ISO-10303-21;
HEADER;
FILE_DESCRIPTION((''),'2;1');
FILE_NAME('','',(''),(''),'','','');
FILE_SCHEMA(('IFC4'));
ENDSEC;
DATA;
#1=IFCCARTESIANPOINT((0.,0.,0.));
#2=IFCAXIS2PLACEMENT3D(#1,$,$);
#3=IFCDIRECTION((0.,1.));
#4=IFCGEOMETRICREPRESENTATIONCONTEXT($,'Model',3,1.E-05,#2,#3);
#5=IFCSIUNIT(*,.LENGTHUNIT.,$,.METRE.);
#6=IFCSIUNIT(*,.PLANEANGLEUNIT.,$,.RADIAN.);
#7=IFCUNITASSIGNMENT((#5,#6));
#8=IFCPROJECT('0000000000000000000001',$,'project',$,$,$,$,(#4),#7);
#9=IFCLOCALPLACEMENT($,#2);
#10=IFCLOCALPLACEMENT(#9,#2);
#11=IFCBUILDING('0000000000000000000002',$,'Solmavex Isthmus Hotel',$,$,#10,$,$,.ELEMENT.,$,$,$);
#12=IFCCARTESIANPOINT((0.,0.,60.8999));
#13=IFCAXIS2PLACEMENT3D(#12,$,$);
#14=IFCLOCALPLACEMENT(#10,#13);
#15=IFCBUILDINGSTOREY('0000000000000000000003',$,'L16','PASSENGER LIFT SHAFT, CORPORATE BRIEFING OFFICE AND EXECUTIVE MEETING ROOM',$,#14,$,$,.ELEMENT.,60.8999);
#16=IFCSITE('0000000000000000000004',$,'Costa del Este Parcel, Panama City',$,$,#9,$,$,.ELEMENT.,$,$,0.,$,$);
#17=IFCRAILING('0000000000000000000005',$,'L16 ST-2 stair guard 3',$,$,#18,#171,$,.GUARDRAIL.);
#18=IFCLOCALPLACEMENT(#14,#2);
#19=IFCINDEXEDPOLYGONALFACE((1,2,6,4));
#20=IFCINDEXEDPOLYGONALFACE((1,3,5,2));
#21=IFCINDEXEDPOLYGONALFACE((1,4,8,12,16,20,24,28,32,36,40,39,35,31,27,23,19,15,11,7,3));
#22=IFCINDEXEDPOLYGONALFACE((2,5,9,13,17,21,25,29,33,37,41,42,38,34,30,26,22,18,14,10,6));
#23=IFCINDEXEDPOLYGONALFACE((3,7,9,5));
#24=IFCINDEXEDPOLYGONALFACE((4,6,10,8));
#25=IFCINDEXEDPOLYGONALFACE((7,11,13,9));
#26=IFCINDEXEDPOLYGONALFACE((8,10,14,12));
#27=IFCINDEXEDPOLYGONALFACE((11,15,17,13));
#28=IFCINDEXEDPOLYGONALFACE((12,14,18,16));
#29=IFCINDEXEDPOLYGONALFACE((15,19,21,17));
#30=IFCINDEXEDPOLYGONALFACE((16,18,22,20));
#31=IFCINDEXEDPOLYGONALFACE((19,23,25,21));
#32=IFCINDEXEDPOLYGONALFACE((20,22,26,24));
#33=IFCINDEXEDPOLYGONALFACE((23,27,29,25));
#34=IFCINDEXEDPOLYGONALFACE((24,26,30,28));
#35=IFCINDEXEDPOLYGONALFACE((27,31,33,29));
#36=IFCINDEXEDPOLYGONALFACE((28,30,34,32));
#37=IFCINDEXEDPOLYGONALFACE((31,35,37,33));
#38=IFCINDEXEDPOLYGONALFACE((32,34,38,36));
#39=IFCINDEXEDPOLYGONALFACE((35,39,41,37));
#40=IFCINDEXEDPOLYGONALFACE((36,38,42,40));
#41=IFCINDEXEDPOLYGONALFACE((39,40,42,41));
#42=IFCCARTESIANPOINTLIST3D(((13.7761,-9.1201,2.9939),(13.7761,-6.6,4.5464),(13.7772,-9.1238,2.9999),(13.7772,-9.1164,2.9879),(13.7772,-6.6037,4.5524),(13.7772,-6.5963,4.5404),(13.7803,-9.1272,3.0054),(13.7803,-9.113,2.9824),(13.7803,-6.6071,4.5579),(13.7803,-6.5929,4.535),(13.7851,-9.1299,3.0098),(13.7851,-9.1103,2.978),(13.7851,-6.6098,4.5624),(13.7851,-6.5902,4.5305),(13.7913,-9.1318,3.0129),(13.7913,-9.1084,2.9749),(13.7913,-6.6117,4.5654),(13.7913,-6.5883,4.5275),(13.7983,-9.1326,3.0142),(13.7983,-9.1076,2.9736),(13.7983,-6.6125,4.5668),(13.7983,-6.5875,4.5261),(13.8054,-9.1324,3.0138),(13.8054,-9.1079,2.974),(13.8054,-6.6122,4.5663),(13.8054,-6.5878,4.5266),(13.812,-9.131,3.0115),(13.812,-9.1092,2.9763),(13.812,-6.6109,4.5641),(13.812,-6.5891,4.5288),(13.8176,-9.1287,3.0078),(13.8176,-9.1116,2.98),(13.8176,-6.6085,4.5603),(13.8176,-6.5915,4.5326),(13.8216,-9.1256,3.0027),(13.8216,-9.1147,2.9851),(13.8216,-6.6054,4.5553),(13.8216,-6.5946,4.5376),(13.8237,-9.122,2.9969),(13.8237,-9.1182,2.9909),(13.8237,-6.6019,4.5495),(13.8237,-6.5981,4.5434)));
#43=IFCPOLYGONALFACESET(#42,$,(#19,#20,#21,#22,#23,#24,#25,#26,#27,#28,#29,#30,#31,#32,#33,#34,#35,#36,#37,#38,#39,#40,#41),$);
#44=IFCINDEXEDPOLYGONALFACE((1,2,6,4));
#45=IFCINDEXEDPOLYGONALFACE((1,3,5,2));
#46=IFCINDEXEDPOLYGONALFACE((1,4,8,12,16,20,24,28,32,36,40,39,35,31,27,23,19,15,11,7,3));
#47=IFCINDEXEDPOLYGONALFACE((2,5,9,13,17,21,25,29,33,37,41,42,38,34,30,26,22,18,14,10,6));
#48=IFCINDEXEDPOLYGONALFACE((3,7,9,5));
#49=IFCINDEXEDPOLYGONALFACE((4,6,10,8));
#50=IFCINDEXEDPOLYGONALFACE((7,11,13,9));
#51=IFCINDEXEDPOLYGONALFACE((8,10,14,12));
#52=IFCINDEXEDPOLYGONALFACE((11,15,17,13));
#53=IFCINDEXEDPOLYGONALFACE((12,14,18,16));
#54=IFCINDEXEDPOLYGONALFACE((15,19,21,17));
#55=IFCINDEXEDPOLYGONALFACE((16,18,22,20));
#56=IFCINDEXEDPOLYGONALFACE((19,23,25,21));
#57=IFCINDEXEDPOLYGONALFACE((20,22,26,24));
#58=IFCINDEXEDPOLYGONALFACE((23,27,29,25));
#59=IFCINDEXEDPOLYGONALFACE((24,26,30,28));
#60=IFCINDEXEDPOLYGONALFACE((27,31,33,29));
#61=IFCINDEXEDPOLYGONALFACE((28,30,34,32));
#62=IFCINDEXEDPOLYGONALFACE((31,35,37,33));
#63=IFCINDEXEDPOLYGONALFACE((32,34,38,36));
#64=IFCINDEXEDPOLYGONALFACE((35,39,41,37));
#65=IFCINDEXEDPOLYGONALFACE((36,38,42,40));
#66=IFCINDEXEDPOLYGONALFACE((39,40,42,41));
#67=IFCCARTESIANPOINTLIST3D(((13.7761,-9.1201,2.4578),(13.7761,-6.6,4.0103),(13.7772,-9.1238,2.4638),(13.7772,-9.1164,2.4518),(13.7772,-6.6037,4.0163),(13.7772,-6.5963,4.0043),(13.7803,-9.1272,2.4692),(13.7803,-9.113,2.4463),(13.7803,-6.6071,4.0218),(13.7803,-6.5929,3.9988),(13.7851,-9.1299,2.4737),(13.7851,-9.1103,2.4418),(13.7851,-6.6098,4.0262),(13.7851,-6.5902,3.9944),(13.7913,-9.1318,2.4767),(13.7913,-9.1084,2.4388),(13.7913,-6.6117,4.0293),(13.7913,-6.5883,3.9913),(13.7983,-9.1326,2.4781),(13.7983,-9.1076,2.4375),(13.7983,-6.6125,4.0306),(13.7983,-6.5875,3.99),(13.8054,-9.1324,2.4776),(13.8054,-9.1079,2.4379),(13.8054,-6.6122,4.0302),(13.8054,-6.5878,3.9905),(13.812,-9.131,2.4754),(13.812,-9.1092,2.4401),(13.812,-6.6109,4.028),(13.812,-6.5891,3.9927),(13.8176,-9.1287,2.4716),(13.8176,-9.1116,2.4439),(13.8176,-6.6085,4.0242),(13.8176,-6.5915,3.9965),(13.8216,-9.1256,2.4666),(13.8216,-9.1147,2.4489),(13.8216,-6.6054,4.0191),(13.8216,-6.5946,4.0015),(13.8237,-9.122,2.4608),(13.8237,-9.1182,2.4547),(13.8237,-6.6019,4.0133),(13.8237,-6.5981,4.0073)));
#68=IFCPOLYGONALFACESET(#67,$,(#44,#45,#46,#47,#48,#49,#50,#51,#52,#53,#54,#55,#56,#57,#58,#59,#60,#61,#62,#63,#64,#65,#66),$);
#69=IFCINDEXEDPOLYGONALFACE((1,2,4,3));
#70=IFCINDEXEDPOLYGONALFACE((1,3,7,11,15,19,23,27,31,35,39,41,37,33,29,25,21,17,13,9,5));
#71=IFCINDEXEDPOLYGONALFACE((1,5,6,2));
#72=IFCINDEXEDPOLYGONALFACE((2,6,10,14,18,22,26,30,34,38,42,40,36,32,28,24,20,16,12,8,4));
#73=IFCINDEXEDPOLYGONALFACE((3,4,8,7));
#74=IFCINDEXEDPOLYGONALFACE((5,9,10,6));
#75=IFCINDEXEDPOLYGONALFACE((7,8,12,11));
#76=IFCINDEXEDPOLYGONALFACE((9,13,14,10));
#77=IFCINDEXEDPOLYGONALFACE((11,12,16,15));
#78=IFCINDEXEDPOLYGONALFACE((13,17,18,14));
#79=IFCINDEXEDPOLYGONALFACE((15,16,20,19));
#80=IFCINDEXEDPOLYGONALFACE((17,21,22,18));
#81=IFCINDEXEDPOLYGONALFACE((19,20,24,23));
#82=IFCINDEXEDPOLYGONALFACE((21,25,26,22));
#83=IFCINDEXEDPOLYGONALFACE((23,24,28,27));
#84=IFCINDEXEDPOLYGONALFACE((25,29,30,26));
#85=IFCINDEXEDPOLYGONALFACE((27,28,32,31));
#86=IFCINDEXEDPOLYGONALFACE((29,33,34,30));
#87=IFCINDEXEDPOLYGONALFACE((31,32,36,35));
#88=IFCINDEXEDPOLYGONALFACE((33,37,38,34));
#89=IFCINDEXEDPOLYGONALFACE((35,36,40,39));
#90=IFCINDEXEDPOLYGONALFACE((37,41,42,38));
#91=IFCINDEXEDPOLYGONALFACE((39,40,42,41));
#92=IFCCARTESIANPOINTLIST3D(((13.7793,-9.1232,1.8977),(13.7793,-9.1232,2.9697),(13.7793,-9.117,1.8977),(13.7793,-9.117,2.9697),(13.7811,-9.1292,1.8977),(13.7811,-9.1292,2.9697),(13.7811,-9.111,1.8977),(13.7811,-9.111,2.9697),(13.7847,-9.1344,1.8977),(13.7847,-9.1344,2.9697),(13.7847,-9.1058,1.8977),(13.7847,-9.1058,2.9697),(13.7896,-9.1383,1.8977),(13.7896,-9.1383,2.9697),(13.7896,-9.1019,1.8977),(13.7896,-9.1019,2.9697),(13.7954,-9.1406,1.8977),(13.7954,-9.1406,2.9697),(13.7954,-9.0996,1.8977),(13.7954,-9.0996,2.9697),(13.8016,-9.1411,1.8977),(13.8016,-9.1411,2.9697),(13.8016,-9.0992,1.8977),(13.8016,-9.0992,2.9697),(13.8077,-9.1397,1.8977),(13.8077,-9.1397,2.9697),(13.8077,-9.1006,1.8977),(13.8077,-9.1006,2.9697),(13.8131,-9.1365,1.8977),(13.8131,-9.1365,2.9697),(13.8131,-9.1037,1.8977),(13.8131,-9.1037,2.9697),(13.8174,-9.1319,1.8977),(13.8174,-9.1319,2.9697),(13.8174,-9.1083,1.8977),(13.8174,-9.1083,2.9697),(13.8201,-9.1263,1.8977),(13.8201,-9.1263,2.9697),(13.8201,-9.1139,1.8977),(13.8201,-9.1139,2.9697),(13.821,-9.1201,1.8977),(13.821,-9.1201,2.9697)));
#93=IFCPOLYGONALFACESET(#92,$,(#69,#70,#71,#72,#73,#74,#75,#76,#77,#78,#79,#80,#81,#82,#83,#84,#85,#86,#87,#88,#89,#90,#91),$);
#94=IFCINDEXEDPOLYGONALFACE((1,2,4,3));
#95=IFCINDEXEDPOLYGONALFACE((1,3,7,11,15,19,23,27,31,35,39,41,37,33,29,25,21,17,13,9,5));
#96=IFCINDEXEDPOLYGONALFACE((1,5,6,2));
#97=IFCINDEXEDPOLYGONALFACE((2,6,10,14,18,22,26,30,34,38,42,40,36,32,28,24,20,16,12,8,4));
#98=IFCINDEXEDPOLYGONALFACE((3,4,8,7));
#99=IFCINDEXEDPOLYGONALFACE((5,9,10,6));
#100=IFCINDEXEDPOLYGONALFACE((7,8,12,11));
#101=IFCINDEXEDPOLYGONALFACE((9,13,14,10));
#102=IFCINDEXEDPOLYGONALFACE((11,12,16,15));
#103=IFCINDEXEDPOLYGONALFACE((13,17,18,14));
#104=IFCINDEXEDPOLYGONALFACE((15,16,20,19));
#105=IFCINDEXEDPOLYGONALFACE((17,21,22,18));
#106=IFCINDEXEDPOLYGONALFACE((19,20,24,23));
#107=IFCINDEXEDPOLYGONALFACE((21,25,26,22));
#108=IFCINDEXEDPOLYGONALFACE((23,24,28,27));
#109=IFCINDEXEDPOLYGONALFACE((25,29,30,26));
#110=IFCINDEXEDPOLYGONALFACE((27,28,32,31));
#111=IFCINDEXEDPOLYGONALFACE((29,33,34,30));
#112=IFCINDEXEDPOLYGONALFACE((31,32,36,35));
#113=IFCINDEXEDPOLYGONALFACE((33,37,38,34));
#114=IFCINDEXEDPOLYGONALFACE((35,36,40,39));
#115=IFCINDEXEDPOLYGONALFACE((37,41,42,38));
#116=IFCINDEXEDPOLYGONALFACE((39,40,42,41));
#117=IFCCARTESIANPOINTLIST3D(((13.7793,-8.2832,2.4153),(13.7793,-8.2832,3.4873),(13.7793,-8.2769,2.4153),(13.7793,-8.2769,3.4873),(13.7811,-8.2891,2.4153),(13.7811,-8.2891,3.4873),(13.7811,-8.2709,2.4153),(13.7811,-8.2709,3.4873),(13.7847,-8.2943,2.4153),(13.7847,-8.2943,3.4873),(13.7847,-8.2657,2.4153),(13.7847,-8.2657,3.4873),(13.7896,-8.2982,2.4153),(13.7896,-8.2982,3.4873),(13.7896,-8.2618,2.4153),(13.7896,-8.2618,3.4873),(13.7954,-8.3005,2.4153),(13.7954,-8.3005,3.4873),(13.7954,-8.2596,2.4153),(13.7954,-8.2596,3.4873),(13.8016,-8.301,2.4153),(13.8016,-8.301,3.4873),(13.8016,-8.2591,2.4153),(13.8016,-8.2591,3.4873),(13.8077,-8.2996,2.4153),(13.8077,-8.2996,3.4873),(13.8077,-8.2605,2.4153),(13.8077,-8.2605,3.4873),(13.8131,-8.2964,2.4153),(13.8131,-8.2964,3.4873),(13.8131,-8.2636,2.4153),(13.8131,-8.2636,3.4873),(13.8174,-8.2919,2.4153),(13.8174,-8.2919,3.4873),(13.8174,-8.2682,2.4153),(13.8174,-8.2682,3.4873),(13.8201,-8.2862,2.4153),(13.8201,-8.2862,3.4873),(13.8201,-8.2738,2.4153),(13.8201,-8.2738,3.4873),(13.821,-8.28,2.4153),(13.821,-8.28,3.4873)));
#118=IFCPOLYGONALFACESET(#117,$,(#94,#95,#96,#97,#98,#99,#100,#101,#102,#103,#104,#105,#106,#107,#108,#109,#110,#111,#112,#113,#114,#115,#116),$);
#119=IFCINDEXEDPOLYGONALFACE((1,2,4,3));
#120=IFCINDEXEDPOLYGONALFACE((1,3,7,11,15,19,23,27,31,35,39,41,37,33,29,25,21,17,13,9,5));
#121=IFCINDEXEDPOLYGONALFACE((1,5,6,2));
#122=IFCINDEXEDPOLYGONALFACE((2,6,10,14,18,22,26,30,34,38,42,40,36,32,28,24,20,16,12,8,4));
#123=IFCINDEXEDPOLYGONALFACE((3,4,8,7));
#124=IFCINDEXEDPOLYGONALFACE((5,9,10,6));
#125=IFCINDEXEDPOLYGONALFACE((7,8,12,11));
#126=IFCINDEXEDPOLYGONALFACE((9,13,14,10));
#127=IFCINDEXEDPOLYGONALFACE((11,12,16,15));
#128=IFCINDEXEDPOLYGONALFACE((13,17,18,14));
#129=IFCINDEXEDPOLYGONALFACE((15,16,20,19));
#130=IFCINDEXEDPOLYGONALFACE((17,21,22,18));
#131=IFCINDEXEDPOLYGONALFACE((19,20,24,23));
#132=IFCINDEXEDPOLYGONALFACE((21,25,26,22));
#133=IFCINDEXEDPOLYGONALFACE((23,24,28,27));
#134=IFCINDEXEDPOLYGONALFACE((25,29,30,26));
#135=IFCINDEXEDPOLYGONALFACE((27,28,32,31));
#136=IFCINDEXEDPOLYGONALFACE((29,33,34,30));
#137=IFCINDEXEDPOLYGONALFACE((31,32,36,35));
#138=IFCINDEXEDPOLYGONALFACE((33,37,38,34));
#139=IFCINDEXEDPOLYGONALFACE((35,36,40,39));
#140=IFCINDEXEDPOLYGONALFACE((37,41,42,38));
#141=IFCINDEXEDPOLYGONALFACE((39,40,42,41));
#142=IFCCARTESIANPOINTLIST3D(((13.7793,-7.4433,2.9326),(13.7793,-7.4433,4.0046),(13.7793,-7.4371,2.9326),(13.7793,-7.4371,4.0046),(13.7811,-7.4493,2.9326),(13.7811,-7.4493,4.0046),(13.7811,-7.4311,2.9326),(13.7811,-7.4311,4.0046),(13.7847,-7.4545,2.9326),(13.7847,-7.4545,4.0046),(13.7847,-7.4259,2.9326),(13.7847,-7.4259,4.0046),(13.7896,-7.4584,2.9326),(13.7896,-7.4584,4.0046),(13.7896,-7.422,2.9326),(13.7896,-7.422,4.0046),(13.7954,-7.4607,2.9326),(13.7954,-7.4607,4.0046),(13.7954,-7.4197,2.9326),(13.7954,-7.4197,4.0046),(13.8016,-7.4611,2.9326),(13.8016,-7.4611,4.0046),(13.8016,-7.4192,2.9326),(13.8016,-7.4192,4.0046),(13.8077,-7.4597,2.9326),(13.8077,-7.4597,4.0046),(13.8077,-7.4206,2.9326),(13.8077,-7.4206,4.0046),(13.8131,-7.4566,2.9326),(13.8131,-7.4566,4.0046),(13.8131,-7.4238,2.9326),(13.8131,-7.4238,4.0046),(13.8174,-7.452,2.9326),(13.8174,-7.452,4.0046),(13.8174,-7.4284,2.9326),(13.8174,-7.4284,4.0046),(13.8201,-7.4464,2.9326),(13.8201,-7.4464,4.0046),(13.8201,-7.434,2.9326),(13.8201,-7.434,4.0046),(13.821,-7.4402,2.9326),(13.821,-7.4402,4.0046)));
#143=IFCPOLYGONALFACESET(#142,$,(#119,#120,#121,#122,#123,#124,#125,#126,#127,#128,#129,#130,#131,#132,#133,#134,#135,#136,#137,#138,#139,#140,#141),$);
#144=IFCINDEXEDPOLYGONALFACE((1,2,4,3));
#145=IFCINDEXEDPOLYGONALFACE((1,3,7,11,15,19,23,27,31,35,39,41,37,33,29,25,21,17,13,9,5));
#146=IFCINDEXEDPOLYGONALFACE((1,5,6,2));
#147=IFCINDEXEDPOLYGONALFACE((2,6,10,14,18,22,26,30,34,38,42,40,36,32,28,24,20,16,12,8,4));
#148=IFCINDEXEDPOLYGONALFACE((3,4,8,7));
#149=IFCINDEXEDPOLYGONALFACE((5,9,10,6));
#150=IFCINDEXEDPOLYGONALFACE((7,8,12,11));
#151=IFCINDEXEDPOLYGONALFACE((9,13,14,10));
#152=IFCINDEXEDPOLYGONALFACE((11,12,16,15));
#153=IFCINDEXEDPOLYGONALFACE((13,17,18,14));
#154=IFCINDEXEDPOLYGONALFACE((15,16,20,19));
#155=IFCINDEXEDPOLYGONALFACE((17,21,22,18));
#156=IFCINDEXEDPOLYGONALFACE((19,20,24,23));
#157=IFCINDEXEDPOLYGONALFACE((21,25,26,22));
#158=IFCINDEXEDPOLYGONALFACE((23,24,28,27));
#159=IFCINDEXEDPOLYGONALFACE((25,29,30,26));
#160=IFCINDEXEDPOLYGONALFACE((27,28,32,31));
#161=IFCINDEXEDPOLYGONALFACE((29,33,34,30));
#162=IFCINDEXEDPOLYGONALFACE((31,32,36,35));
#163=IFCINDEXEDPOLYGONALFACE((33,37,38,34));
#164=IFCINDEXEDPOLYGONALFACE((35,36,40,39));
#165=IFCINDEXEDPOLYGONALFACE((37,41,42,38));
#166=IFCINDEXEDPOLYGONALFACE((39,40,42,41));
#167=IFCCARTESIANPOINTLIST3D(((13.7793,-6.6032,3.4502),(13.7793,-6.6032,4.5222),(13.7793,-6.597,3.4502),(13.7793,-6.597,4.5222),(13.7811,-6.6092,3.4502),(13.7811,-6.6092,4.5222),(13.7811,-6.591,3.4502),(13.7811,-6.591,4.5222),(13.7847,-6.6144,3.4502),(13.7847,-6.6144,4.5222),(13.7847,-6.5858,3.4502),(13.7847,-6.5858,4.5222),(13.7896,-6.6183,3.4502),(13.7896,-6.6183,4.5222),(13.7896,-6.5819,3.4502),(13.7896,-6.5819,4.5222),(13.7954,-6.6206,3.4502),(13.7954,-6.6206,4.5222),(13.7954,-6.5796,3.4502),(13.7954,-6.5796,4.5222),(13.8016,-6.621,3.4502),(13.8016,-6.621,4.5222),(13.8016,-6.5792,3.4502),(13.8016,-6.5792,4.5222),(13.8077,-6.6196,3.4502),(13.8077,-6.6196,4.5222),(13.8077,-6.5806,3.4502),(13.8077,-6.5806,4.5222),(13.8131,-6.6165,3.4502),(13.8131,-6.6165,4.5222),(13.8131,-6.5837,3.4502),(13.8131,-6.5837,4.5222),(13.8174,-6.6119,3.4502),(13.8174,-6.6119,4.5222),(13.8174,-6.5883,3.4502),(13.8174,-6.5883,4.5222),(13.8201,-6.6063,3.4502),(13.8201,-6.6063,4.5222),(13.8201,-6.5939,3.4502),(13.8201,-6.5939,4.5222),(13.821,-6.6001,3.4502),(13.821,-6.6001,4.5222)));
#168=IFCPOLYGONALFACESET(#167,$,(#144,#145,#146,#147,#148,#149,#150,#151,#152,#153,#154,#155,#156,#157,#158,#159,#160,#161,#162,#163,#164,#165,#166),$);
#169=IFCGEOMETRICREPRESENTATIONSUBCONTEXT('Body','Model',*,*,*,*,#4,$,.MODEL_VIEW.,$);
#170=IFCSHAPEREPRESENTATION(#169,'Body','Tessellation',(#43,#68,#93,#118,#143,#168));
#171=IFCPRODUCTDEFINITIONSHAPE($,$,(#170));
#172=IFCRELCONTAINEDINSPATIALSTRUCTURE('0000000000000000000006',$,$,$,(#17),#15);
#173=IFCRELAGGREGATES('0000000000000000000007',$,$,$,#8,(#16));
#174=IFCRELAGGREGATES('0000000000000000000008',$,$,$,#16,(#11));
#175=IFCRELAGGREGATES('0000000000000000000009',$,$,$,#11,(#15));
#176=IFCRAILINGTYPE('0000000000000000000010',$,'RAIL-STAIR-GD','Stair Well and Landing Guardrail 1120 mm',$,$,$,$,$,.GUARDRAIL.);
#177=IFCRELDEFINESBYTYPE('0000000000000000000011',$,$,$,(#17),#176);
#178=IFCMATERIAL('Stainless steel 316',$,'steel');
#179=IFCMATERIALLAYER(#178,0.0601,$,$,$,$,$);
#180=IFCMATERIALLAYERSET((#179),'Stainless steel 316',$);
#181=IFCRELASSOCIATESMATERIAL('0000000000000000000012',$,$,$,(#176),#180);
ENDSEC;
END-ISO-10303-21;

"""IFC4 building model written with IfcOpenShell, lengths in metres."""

from ifc_helpers import new_model, si_unit, direction, frame, origin, origin_2d, place, context, subcontext, project, spatial, circle, extrude, material, layer, layer_set, type_object, element, save


model = new_model("IFC4")

# Units and contexts
model_context = context("Model", 3, precision=1e-05, world=origin(), true_north=direction((0.0, 1.0)))
body_context = subcontext(model_context, "Body", "Model", "MODEL_VIEW")
ifc_project = project(units=[si_unit("LENGTHUNIT", "METRE"), si_unit("PLANEANGLEUNIT", "RADIAN")], contexts=[model_context])

# Site, building, storey
site_placement = place(None, origin())
site = spatial("IfcSite", under=ifc_project, at=site_placement, Name="Costa del Este Parcel, Panama City", CompositionType="ELEMENT", RefElevation=0.0)
building_placement = place(site_placement, origin())
building = spatial("IfcBuilding", under=site, at=building_placement, Name="Solmavex Isthmus Hotel", CompositionType="ELEMENT")
storey_placement = place(building_placement, frame((0.0, 0.0, 60.8999)))
storey = spatial("IfcBuildingStorey", under=building, at=storey_placement, Name="L16", Description="PASSENGER LIFT SHAFT, CORPORATE BRIEFING OFFICE AND EXECUTIVE MEETING ROOM", CompositionType="ELEMENT", Elevation=60.8999)

# Railing
ifc_material_1 = material(Name="Stainless steel 316", Category="steel")
ifc_layer_1 = layer(ifc_material_1, 0.0601)
ifc_layer_set_1 = layer_set([ifc_layer_1], Name="Stainless steel 316")
railing_type_1 = type_object("IfcRailingType", Name="RAIL-STAIR-GD", Description="Stair Well and Landing Guardrail 1120 mm", PredefinedType="GUARDRAIL", material=ifc_layer_set_1)
railing_1_placement = place(storey_placement, frame((13.8, -9.1201, 1.8977)))
element("IfcRailing", 1, at=railing_1_placement, inside=storey, type_object=railing_type_1, Name="L16 ST-2 stair guard 3", PredefinedType="GUARDRAIL", context=body_context, shape_type="SweptSolid", body=[
    extrude(circle(Radius=0.0239, at=origin_2d()), frame((0.0, 0.0, 1.0962), z_axis=(0.0, 0.8514, 0.524516), x_axis=(-1.0, 0.0, 0.0)), (0.0, 0.0, 1.0), 2.96),
    extrude(circle(Radius=0.0239, at=origin_2d()), frame((0.0, 0.0, 0.5601), z_axis=(0.0, 0.8514, 0.524516), x_axis=(-1.0, 0.0, 0.0)), (0.0, 0.0, 1.0), 2.96),
    extrude(circle(Radius=0.021, at=origin_2d()), origin(), (0.0, 0.0, 1.0), 1.072),
    extrude(circle(Radius=0.021, at=origin_2d()), frame((0.0, 0.8401, 0.5176)), (0.0, 0.0, 1.0), 1.072),
    extrude(circle(Radius=0.021, at=origin_2d()), frame((0.0, 1.6799, 1.0349)), (0.0, 0.0, 1.0), 1.072),
    extrude(circle(Radius=0.021, at=origin_2d()), frame((0.0, 2.52, 1.5525)), (0.0, 0.0, 1.0), 1.072),
])

save(model, "model.ifc")
